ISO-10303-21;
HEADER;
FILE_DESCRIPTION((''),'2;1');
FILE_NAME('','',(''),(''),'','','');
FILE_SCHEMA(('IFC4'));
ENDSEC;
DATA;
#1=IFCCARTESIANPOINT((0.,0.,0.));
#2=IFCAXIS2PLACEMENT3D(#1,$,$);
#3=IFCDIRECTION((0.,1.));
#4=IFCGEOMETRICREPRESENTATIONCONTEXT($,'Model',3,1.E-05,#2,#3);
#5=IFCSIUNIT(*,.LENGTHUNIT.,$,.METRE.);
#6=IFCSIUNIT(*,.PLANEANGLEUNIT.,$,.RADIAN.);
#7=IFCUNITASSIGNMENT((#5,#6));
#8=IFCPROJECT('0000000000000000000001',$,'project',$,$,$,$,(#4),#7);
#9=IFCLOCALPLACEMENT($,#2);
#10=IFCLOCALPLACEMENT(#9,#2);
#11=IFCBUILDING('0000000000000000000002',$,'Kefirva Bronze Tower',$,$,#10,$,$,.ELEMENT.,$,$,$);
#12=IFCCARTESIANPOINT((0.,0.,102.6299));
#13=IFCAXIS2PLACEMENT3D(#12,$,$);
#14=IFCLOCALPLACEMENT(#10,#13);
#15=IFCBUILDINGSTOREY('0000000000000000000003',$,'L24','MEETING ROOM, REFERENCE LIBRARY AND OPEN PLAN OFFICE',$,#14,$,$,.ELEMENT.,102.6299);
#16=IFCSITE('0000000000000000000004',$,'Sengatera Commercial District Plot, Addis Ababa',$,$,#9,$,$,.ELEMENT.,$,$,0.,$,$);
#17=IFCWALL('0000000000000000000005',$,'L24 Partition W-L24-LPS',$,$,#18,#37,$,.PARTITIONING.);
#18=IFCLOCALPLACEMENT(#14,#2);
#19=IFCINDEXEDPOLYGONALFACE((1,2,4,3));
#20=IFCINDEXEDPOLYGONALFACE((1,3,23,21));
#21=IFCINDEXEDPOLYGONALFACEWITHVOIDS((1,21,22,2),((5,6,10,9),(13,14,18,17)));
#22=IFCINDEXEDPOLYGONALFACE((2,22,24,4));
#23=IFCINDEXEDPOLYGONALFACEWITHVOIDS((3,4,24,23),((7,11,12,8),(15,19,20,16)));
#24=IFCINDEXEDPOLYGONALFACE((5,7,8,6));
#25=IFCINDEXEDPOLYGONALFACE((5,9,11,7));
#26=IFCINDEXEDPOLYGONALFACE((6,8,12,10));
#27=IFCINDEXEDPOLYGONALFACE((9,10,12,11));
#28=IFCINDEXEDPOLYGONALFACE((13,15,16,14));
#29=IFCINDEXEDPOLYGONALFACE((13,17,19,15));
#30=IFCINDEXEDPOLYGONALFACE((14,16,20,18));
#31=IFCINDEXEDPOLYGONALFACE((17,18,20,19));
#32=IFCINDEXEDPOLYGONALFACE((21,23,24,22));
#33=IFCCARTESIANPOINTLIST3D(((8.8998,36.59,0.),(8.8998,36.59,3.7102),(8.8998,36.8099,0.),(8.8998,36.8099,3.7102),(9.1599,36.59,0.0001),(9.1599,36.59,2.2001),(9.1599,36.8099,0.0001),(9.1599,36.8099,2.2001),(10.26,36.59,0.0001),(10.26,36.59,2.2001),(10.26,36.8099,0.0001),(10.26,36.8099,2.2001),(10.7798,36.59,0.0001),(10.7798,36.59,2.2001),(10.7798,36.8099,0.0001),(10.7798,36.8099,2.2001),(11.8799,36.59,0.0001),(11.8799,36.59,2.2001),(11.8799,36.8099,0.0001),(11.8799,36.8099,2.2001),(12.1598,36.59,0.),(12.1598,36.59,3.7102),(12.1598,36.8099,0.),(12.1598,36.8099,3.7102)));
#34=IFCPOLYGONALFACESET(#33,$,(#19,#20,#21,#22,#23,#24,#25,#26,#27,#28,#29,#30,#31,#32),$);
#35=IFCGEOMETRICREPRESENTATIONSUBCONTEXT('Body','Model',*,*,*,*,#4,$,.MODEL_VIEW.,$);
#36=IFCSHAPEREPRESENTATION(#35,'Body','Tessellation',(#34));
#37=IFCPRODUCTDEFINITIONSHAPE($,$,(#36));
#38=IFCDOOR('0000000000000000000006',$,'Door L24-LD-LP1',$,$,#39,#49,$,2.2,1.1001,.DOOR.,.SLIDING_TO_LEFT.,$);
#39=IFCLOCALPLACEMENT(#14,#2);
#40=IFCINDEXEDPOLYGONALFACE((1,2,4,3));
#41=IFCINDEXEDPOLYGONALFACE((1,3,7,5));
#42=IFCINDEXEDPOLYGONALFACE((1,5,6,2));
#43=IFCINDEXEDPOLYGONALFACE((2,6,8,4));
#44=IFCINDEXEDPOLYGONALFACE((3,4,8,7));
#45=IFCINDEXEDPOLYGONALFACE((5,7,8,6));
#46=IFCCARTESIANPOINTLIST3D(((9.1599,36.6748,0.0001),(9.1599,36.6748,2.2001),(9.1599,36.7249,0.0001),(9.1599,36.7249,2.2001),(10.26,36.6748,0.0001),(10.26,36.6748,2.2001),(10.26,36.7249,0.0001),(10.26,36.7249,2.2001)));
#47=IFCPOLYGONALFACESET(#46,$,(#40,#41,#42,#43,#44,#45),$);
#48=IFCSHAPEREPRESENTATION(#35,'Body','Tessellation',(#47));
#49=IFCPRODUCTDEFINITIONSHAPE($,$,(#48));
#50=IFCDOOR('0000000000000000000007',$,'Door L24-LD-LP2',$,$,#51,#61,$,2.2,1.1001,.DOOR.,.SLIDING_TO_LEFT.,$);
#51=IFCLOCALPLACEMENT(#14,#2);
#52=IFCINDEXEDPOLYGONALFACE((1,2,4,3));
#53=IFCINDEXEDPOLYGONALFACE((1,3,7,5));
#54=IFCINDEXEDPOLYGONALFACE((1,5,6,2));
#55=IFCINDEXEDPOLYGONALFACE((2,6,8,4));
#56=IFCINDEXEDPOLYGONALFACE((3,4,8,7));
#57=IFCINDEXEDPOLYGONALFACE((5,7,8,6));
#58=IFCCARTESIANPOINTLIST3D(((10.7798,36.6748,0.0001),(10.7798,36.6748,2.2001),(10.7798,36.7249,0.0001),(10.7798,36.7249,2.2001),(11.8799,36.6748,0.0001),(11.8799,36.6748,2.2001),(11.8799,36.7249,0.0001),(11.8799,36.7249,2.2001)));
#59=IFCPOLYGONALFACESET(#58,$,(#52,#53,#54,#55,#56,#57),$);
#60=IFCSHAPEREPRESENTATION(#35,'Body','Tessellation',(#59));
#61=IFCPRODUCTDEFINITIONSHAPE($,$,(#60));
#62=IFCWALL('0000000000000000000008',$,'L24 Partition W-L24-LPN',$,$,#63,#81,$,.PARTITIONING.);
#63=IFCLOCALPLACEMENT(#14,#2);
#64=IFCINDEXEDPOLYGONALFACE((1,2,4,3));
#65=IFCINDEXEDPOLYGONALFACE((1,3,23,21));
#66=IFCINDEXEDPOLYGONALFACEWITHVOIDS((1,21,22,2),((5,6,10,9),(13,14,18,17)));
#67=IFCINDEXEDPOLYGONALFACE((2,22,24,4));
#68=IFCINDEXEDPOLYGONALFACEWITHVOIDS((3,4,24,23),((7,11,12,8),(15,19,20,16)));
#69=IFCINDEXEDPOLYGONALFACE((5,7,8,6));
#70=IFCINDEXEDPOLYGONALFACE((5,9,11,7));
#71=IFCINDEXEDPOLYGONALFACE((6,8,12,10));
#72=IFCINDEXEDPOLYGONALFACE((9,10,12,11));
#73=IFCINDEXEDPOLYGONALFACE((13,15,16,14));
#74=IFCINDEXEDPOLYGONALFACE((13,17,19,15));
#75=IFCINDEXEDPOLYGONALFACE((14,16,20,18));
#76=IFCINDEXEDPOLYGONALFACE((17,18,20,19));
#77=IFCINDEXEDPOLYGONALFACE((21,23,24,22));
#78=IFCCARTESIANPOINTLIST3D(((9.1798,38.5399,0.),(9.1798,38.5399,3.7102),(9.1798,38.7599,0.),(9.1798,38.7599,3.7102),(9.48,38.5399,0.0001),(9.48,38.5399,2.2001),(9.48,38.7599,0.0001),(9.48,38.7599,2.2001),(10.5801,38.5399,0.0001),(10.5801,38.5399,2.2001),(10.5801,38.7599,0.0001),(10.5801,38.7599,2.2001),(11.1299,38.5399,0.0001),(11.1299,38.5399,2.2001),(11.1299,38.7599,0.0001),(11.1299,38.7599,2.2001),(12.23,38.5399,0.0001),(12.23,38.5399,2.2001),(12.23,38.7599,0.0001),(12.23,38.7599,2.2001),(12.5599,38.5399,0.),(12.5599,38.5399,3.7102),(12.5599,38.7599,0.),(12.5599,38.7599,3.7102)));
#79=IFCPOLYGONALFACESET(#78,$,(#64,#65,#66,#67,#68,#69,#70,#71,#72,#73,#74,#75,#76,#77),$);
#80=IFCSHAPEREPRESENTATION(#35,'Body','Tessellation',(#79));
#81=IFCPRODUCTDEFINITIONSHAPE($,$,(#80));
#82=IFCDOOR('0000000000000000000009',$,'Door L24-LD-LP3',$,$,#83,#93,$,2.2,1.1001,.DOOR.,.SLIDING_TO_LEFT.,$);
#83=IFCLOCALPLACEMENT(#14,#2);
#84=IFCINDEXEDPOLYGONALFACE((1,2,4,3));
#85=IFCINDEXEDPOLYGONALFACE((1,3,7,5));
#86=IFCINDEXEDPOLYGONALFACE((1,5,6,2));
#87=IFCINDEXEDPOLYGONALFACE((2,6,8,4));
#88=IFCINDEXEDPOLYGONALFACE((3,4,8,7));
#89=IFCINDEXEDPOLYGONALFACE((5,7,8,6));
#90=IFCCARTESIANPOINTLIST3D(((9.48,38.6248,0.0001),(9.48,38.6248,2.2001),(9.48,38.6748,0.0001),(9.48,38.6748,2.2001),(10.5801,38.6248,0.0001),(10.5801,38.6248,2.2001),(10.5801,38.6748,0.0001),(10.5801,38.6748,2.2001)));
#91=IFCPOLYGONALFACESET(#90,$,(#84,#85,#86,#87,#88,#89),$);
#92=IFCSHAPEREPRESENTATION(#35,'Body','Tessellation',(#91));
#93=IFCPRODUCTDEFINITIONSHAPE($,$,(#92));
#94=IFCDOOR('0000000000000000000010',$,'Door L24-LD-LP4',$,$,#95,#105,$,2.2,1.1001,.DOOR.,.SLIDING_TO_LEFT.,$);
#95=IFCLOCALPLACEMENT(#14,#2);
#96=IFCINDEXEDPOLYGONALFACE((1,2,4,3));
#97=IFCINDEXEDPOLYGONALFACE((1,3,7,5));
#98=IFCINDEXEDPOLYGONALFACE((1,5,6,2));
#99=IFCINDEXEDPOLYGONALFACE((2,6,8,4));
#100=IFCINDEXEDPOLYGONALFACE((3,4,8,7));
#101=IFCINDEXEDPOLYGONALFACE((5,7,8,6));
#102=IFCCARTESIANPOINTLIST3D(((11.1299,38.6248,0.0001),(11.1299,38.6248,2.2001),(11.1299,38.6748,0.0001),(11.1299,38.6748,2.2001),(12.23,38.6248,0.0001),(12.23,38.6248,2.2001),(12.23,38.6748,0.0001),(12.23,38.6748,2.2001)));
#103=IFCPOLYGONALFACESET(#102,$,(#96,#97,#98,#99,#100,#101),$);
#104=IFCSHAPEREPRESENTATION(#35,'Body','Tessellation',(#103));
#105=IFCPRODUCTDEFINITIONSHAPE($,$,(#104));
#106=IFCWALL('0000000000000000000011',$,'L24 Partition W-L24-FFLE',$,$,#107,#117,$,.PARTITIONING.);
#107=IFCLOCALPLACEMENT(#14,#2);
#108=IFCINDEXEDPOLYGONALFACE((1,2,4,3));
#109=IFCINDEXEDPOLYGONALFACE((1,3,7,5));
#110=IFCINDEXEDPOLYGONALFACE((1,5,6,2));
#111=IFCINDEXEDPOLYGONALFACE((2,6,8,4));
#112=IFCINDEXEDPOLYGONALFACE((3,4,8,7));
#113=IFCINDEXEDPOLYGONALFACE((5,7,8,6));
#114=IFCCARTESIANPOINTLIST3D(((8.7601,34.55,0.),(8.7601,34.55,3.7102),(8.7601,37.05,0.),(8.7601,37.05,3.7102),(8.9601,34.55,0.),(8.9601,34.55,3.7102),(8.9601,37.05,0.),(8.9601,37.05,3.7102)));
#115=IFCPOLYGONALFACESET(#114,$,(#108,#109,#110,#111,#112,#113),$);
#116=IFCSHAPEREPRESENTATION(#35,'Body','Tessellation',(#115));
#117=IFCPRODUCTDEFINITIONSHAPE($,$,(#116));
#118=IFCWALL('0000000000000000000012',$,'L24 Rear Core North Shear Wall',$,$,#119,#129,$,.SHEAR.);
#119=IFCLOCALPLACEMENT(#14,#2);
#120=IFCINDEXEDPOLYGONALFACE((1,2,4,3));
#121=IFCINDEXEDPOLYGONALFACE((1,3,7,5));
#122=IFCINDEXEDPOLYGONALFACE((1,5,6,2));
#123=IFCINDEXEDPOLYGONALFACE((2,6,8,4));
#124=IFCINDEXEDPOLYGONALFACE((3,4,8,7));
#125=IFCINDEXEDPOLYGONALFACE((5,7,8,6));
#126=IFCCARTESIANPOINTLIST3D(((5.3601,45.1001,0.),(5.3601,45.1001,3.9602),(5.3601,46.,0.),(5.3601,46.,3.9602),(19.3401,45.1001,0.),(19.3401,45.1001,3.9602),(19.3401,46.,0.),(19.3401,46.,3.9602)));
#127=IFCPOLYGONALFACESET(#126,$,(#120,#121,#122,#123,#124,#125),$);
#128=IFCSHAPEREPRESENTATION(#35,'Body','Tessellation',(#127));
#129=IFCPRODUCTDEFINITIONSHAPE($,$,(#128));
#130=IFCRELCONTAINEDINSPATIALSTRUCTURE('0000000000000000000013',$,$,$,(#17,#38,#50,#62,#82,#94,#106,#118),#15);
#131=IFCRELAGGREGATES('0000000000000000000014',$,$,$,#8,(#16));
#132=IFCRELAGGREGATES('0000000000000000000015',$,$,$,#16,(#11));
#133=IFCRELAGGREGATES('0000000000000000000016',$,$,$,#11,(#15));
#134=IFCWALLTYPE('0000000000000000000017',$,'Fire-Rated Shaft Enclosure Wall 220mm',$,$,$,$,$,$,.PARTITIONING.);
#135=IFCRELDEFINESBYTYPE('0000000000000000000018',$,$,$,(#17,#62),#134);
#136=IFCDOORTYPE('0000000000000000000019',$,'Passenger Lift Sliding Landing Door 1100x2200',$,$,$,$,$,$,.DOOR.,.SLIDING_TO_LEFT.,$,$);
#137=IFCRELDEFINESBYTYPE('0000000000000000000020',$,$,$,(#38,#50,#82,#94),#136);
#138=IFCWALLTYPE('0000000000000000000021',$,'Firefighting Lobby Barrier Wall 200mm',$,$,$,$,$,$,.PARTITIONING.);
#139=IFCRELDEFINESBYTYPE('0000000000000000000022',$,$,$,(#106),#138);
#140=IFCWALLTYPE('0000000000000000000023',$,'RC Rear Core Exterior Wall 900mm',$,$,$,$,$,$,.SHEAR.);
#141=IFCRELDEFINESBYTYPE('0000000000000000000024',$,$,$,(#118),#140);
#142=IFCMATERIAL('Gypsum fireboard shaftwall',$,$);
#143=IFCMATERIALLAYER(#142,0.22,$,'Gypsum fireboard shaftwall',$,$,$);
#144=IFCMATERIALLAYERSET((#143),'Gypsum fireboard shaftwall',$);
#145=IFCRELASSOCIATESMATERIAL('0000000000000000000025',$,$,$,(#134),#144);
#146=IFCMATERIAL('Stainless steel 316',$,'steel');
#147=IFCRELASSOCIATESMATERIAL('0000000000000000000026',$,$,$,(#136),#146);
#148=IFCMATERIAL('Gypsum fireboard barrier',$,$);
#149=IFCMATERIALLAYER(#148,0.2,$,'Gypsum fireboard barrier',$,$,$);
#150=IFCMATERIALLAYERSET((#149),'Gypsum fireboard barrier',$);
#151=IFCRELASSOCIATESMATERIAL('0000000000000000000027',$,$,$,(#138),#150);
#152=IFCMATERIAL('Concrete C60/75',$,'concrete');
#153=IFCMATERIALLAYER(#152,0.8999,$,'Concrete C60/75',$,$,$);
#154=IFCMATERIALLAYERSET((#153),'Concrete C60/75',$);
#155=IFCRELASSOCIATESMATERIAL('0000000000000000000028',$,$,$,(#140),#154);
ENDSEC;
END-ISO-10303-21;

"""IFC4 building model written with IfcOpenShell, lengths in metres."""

from ifc_helpers import new_model, si_unit, direction, frame, frame_2d, origin, place, context, subcontext, project, spatial, rectangle, extrude, material, layer, layer_set, type_object, element, fill, save


model = new_model("IFC4")

# Units and contexts
model_context = context("Model", 3, precision=1e-05, world=origin(), true_north=direction((0.0, 1.0)))
body_context = subcontext(model_context, "Body", "Model", "MODEL_VIEW")
ifc_project = project(units=[si_unit("LENGTHUNIT", "METRE"), si_unit("PLANEANGLEUNIT", "RADIAN")], contexts=[model_context])

# Site, building, storey
site_placement = place(None, origin())
site = spatial("IfcSite", under=ifc_project, at=site_placement, Name="Sengatera Commercial District Plot, Addis Ababa", CompositionType="ELEMENT", RefElevation=0.0)
building_placement = place(site_placement, origin())
building = spatial("IfcBuilding", under=site, at=building_placement, Name="Kefirva Bronze Tower", CompositionType="ELEMENT")
storey_placement = place(building_placement, frame((0.0, 0.0, 102.6299)))
storey = spatial("IfcBuildingStorey", under=building, at=storey_placement, Name="L24", Description="MEETING ROOM, REFERENCE LIBRARY AND OPEN PLAN OFFICE", CompositionType="ELEMENT", Elevation=102.6299)

# Shared definitions
ifc_material_1 = material(Name="Concrete C60/75", Category="concrete")

# Shared definitions
ifc_material_2 = material(Name="Gypsum fireboard shaftwall")
ifc_layer_1 = layer(ifc_material_2, 0.22, Name="Gypsum fireboard shaftwall")
ifc_layer_set_1 = layer_set([ifc_layer_1], Name="Gypsum fireboard shaftwall")
wall_type_1 = type_object("IfcWallType", Name="Fire-Rated Shaft Enclosure Wall 220mm", PredefinedType="PARTITIONING", material=ifc_layer_set_1)
ifc_material_3 = material(Name="Stainless steel 316", Category="steel")

# Walls, openings, doors
wall_1_placement = place(storey_placement, frame((8.8999, 36.7, 0.0), z_axis=(0.0, 0.0, 1.0), x_axis=(1.0, 0.0, 0.0)))
wall_1 = element("IfcWall", 1, at=wall_1_placement, inside=storey, type_object=wall_type_1, Name="L24 Partition W-L24-LPS", PredefinedType="PARTITIONING", context=body_context, shape_type="SweptSolid", body=[
    extrude(rectangle(XDim=3.26, YDim=0.22, at=frame_2d((1.6299, 0.0))), origin(), (0.0, 0.0, 1.0), 3.7102),
])
opening_1_placement = place(wall_1_placement, frame((0.26, 0.0, 0.0)))
opening_1 = element("IfcOpeningElement", 2, at=opening_1_placement, cuts=wall_1, PredefinedType="OPENING", context=body_context, shape_type="SweptSolid", body=[
    extrude(rectangle(XDim=1.1001, YDim=2.2, at=frame_2d((0.55, 1.1001))), frame((0.0, 0.1201, 0.0), z_axis=(0.0, -1.0, 0.0), x_axis=(1.0, 0.0, 0.0)), (0.0, 0.0, 1.0), 0.24),
])
opening_2_placement = place(wall_1_placement, frame((1.8799, 0.0, 0.0)))
opening_2 = element("IfcOpeningElement", 3, at=opening_2_placement, cuts=wall_1, PredefinedType="OPENING", context=body_context, shape_type="SweptSolid", body=[
    extrude(rectangle(XDim=1.1001, YDim=2.2, at=frame_2d((0.55, 1.1001))), frame((0.0, 0.1201, 0.0), z_axis=(0.0, -1.0, 0.0), x_axis=(1.0, 0.0, 0.0)), (0.0, 0.0, 1.0), 0.24),
])
door_type_1 = type_object("IfcDoorType", Name="Passenger Lift Sliding Landing Door 1100x2200", OperationType="SLIDING_TO_LEFT", PredefinedType="DOOR", material=ifc_material_3)
door_1_placement = place(opening_1_placement, origin())
door_1 = element("IfcDoor", 4, at=door_1_placement, inside=storey, type_object=door_type_1, Name="Door L24-LD-LP1", OperationType="SLIDING_TO_LEFT", OverallHeight=2.2, OverallWidth=1.1001, PredefinedType="DOOR", context=body_context, shape_type="SweptSolid", body=[
    extrude(rectangle(XDim=1.1001, YDim=2.2, at=frame_2d((0.55, 1.1001))), frame((0.0, 0.0249, 0.0), z_axis=(0.0, -1.0, 0.0), x_axis=(1.0, 0.0, 0.0)), (0.0, 0.0, 1.0), 0.05),
])
fill(opening_1, door_1)
door_2_placement = place(opening_2_placement, origin())
door_2 = element("IfcDoor", 5, at=door_2_placement, inside=storey, type_object=door_type_1, Name="Door L24-LD-LP2", OperationType="SLIDING_TO_LEFT", OverallHeight=2.2, OverallWidth=1.1001, PredefinedType="DOOR", context=body_context, shape_type="SweptSolid", body=[
    extrude(rectangle(XDim=1.1001, YDim=2.2, at=frame_2d((0.55, 1.1001))), frame((0.0, 0.0249, 0.0), z_axis=(0.0, -1.0, 0.0), x_axis=(1.0, 0.0, 0.0)), (0.0, 0.0, 1.0), 0.05),
])
fill(opening_2, door_2)
wall_2_placement = place(storey_placement, frame((9.1799, 38.6499, 0.0), z_axis=(0.0, 0.0, 1.0), x_axis=(1.0, 0.0, 0.0)))
wall_2 = element("IfcWall", 6, at=wall_2_placement, inside=storey, type_object=wall_type_1, Name="L24 Partition W-L24-LPN", PredefinedType="PARTITIONING", context=body_context, shape_type="SweptSolid", body=[
    extrude(rectangle(XDim=3.3801, YDim=0.22, at=frame_2d((1.6899, 0.0))), origin(), (0.0, 0.0, 1.0), 3.7102),
])
opening_3_placement = place(wall_2_placement, frame((0.3, 0.0, 0.0)))
opening_3 = element("IfcOpeningElement", 7, at=opening_3_placement, cuts=wall_2, PredefinedType="OPENING", context=body_context, shape_type="SweptSolid", body=[
    extrude(rectangle(XDim=1.1001, YDim=2.2, at=frame_2d((0.55, 1.1001))), frame((0.0, 0.1201, 0.0), z_axis=(0.0, -1.0, 0.0), x_axis=(1.0, 0.0, 0.0)), (0.0, 0.0, 1.0), 0.24),
])
opening_4_placement = place(wall_2_placement, frame((1.95, 0.0, 0.0)))
opening_4 = element("IfcOpeningElement", 8, at=opening_4_placement, cuts=wall_2, PredefinedType="OPENING", context=body_context, shape_type="SweptSolid", body=[
    extrude(rectangle(XDim=1.1001, YDim=2.2, at=frame_2d((0.55, 1.1001))), frame((0.0, 0.1201, 0.0), z_axis=(0.0, -1.0, 0.0), x_axis=(1.0, 0.0, 0.0)), (0.0, 0.0, 1.0), 0.24),
])
door_3_placement = place(opening_3_placement, origin())
door_3 = element("IfcDoor", 9, at=door_3_placement, inside=storey, type_object=door_type_1, Name="Door L24-LD-LP3", OperationType="SLIDING_TO_LEFT", OverallHeight=2.2, OverallWidth=1.1001, PredefinedType="DOOR", context=body_context, shape_type="SweptSolid", body=[
    extrude(rectangle(XDim=1.1001, YDim=2.2, at=frame_2d((0.55, 1.1001))), frame((0.0, 0.0249, 0.0), z_axis=(0.0, -1.0, 0.0), x_axis=(1.0, 0.0, 0.0)), (0.0, 0.0, 1.0), 0.05),
])
fill(opening_3, door_3)
door_4_placement = place(opening_4_placement, origin())
door_4 = element("IfcDoor", 10, at=door_4_placement, inside=storey, type_object=door_type_1, Name="Door L24-LD-LP4", OperationType="SLIDING_TO_LEFT", OverallHeight=2.2, OverallWidth=1.1001, PredefinedType="DOOR", context=body_context, shape_type="SweptSolid", body=[
    extrude(rectangle(XDim=1.1001, YDim=2.2, at=frame_2d((0.55, 1.1001))), frame((0.0, 0.0249, 0.0), z_axis=(0.0, -1.0, 0.0), x_axis=(1.0, 0.0, 0.0)), (0.0, 0.0, 1.0), 0.05),
])
fill(opening_4, door_4)

# Walls
ifc_material_4 = material(Name="Gypsum fireboard barrier")
ifc_layer_2 = layer(ifc_material_4, 0.2, Name="Gypsum fireboard barrier")
ifc_layer_set_2 = layer_set([ifc_layer_2], Name="Gypsum fireboard barrier")
wall_type_2 = type_object("IfcWallType", Name="Firefighting Lobby Barrier Wall 200mm", PredefinedType="PARTITIONING", material=ifc_layer_set_2)
wall_3_placement = place(storey_placement, frame((8.8601, 34.55, 0.0), z_axis=(0.0, 0.0, 1.0), x_axis=(0.0, 1.0, 0.0)))
element("IfcWall", 11, at=wall_3_placement, inside=storey, type_object=wall_type_2, Name="L24 Partition W-L24-FFLE", PredefinedType="PARTITIONING", context=body_context, shape_type="SweptSolid", body=[
    extrude(rectangle(XDim=2.5, YDim=0.2, at=frame_2d((1.25, 0.0))), origin(), (0.0, 0.0, 1.0), 3.7102),
])
ifc_layer_3 = layer(ifc_material_1, 0.8999, Name="Concrete C60/75")
ifc_layer_set_3 = layer_set([ifc_layer_3], Name="Concrete C60/75")
wall_type_3 = type_object("IfcWallType", Name="RC Rear Core Exterior Wall 900mm", PredefinedType="SHEAR", material=ifc_layer_set_3)
wall_4_placement = place(storey_placement, frame((5.3601, 45.55, 0.0), z_axis=(0.0, 0.0, 1.0), x_axis=(1.0, 0.0, 0.0)))
element("IfcWall", 12, at=wall_4_placement, inside=storey, type_object=wall_type_3, Name="L24 Rear Core North Shear Wall", PredefinedType="SHEAR", context=body_context, shape_type="SweptSolid", body=[
    extrude(rectangle(XDim=13.98, YDim=0.8999, at=frame_2d((6.99, 0.0))), origin(), (0.0, 0.0, 1.0), 3.9602),
])

save(model, "model.ifc")
